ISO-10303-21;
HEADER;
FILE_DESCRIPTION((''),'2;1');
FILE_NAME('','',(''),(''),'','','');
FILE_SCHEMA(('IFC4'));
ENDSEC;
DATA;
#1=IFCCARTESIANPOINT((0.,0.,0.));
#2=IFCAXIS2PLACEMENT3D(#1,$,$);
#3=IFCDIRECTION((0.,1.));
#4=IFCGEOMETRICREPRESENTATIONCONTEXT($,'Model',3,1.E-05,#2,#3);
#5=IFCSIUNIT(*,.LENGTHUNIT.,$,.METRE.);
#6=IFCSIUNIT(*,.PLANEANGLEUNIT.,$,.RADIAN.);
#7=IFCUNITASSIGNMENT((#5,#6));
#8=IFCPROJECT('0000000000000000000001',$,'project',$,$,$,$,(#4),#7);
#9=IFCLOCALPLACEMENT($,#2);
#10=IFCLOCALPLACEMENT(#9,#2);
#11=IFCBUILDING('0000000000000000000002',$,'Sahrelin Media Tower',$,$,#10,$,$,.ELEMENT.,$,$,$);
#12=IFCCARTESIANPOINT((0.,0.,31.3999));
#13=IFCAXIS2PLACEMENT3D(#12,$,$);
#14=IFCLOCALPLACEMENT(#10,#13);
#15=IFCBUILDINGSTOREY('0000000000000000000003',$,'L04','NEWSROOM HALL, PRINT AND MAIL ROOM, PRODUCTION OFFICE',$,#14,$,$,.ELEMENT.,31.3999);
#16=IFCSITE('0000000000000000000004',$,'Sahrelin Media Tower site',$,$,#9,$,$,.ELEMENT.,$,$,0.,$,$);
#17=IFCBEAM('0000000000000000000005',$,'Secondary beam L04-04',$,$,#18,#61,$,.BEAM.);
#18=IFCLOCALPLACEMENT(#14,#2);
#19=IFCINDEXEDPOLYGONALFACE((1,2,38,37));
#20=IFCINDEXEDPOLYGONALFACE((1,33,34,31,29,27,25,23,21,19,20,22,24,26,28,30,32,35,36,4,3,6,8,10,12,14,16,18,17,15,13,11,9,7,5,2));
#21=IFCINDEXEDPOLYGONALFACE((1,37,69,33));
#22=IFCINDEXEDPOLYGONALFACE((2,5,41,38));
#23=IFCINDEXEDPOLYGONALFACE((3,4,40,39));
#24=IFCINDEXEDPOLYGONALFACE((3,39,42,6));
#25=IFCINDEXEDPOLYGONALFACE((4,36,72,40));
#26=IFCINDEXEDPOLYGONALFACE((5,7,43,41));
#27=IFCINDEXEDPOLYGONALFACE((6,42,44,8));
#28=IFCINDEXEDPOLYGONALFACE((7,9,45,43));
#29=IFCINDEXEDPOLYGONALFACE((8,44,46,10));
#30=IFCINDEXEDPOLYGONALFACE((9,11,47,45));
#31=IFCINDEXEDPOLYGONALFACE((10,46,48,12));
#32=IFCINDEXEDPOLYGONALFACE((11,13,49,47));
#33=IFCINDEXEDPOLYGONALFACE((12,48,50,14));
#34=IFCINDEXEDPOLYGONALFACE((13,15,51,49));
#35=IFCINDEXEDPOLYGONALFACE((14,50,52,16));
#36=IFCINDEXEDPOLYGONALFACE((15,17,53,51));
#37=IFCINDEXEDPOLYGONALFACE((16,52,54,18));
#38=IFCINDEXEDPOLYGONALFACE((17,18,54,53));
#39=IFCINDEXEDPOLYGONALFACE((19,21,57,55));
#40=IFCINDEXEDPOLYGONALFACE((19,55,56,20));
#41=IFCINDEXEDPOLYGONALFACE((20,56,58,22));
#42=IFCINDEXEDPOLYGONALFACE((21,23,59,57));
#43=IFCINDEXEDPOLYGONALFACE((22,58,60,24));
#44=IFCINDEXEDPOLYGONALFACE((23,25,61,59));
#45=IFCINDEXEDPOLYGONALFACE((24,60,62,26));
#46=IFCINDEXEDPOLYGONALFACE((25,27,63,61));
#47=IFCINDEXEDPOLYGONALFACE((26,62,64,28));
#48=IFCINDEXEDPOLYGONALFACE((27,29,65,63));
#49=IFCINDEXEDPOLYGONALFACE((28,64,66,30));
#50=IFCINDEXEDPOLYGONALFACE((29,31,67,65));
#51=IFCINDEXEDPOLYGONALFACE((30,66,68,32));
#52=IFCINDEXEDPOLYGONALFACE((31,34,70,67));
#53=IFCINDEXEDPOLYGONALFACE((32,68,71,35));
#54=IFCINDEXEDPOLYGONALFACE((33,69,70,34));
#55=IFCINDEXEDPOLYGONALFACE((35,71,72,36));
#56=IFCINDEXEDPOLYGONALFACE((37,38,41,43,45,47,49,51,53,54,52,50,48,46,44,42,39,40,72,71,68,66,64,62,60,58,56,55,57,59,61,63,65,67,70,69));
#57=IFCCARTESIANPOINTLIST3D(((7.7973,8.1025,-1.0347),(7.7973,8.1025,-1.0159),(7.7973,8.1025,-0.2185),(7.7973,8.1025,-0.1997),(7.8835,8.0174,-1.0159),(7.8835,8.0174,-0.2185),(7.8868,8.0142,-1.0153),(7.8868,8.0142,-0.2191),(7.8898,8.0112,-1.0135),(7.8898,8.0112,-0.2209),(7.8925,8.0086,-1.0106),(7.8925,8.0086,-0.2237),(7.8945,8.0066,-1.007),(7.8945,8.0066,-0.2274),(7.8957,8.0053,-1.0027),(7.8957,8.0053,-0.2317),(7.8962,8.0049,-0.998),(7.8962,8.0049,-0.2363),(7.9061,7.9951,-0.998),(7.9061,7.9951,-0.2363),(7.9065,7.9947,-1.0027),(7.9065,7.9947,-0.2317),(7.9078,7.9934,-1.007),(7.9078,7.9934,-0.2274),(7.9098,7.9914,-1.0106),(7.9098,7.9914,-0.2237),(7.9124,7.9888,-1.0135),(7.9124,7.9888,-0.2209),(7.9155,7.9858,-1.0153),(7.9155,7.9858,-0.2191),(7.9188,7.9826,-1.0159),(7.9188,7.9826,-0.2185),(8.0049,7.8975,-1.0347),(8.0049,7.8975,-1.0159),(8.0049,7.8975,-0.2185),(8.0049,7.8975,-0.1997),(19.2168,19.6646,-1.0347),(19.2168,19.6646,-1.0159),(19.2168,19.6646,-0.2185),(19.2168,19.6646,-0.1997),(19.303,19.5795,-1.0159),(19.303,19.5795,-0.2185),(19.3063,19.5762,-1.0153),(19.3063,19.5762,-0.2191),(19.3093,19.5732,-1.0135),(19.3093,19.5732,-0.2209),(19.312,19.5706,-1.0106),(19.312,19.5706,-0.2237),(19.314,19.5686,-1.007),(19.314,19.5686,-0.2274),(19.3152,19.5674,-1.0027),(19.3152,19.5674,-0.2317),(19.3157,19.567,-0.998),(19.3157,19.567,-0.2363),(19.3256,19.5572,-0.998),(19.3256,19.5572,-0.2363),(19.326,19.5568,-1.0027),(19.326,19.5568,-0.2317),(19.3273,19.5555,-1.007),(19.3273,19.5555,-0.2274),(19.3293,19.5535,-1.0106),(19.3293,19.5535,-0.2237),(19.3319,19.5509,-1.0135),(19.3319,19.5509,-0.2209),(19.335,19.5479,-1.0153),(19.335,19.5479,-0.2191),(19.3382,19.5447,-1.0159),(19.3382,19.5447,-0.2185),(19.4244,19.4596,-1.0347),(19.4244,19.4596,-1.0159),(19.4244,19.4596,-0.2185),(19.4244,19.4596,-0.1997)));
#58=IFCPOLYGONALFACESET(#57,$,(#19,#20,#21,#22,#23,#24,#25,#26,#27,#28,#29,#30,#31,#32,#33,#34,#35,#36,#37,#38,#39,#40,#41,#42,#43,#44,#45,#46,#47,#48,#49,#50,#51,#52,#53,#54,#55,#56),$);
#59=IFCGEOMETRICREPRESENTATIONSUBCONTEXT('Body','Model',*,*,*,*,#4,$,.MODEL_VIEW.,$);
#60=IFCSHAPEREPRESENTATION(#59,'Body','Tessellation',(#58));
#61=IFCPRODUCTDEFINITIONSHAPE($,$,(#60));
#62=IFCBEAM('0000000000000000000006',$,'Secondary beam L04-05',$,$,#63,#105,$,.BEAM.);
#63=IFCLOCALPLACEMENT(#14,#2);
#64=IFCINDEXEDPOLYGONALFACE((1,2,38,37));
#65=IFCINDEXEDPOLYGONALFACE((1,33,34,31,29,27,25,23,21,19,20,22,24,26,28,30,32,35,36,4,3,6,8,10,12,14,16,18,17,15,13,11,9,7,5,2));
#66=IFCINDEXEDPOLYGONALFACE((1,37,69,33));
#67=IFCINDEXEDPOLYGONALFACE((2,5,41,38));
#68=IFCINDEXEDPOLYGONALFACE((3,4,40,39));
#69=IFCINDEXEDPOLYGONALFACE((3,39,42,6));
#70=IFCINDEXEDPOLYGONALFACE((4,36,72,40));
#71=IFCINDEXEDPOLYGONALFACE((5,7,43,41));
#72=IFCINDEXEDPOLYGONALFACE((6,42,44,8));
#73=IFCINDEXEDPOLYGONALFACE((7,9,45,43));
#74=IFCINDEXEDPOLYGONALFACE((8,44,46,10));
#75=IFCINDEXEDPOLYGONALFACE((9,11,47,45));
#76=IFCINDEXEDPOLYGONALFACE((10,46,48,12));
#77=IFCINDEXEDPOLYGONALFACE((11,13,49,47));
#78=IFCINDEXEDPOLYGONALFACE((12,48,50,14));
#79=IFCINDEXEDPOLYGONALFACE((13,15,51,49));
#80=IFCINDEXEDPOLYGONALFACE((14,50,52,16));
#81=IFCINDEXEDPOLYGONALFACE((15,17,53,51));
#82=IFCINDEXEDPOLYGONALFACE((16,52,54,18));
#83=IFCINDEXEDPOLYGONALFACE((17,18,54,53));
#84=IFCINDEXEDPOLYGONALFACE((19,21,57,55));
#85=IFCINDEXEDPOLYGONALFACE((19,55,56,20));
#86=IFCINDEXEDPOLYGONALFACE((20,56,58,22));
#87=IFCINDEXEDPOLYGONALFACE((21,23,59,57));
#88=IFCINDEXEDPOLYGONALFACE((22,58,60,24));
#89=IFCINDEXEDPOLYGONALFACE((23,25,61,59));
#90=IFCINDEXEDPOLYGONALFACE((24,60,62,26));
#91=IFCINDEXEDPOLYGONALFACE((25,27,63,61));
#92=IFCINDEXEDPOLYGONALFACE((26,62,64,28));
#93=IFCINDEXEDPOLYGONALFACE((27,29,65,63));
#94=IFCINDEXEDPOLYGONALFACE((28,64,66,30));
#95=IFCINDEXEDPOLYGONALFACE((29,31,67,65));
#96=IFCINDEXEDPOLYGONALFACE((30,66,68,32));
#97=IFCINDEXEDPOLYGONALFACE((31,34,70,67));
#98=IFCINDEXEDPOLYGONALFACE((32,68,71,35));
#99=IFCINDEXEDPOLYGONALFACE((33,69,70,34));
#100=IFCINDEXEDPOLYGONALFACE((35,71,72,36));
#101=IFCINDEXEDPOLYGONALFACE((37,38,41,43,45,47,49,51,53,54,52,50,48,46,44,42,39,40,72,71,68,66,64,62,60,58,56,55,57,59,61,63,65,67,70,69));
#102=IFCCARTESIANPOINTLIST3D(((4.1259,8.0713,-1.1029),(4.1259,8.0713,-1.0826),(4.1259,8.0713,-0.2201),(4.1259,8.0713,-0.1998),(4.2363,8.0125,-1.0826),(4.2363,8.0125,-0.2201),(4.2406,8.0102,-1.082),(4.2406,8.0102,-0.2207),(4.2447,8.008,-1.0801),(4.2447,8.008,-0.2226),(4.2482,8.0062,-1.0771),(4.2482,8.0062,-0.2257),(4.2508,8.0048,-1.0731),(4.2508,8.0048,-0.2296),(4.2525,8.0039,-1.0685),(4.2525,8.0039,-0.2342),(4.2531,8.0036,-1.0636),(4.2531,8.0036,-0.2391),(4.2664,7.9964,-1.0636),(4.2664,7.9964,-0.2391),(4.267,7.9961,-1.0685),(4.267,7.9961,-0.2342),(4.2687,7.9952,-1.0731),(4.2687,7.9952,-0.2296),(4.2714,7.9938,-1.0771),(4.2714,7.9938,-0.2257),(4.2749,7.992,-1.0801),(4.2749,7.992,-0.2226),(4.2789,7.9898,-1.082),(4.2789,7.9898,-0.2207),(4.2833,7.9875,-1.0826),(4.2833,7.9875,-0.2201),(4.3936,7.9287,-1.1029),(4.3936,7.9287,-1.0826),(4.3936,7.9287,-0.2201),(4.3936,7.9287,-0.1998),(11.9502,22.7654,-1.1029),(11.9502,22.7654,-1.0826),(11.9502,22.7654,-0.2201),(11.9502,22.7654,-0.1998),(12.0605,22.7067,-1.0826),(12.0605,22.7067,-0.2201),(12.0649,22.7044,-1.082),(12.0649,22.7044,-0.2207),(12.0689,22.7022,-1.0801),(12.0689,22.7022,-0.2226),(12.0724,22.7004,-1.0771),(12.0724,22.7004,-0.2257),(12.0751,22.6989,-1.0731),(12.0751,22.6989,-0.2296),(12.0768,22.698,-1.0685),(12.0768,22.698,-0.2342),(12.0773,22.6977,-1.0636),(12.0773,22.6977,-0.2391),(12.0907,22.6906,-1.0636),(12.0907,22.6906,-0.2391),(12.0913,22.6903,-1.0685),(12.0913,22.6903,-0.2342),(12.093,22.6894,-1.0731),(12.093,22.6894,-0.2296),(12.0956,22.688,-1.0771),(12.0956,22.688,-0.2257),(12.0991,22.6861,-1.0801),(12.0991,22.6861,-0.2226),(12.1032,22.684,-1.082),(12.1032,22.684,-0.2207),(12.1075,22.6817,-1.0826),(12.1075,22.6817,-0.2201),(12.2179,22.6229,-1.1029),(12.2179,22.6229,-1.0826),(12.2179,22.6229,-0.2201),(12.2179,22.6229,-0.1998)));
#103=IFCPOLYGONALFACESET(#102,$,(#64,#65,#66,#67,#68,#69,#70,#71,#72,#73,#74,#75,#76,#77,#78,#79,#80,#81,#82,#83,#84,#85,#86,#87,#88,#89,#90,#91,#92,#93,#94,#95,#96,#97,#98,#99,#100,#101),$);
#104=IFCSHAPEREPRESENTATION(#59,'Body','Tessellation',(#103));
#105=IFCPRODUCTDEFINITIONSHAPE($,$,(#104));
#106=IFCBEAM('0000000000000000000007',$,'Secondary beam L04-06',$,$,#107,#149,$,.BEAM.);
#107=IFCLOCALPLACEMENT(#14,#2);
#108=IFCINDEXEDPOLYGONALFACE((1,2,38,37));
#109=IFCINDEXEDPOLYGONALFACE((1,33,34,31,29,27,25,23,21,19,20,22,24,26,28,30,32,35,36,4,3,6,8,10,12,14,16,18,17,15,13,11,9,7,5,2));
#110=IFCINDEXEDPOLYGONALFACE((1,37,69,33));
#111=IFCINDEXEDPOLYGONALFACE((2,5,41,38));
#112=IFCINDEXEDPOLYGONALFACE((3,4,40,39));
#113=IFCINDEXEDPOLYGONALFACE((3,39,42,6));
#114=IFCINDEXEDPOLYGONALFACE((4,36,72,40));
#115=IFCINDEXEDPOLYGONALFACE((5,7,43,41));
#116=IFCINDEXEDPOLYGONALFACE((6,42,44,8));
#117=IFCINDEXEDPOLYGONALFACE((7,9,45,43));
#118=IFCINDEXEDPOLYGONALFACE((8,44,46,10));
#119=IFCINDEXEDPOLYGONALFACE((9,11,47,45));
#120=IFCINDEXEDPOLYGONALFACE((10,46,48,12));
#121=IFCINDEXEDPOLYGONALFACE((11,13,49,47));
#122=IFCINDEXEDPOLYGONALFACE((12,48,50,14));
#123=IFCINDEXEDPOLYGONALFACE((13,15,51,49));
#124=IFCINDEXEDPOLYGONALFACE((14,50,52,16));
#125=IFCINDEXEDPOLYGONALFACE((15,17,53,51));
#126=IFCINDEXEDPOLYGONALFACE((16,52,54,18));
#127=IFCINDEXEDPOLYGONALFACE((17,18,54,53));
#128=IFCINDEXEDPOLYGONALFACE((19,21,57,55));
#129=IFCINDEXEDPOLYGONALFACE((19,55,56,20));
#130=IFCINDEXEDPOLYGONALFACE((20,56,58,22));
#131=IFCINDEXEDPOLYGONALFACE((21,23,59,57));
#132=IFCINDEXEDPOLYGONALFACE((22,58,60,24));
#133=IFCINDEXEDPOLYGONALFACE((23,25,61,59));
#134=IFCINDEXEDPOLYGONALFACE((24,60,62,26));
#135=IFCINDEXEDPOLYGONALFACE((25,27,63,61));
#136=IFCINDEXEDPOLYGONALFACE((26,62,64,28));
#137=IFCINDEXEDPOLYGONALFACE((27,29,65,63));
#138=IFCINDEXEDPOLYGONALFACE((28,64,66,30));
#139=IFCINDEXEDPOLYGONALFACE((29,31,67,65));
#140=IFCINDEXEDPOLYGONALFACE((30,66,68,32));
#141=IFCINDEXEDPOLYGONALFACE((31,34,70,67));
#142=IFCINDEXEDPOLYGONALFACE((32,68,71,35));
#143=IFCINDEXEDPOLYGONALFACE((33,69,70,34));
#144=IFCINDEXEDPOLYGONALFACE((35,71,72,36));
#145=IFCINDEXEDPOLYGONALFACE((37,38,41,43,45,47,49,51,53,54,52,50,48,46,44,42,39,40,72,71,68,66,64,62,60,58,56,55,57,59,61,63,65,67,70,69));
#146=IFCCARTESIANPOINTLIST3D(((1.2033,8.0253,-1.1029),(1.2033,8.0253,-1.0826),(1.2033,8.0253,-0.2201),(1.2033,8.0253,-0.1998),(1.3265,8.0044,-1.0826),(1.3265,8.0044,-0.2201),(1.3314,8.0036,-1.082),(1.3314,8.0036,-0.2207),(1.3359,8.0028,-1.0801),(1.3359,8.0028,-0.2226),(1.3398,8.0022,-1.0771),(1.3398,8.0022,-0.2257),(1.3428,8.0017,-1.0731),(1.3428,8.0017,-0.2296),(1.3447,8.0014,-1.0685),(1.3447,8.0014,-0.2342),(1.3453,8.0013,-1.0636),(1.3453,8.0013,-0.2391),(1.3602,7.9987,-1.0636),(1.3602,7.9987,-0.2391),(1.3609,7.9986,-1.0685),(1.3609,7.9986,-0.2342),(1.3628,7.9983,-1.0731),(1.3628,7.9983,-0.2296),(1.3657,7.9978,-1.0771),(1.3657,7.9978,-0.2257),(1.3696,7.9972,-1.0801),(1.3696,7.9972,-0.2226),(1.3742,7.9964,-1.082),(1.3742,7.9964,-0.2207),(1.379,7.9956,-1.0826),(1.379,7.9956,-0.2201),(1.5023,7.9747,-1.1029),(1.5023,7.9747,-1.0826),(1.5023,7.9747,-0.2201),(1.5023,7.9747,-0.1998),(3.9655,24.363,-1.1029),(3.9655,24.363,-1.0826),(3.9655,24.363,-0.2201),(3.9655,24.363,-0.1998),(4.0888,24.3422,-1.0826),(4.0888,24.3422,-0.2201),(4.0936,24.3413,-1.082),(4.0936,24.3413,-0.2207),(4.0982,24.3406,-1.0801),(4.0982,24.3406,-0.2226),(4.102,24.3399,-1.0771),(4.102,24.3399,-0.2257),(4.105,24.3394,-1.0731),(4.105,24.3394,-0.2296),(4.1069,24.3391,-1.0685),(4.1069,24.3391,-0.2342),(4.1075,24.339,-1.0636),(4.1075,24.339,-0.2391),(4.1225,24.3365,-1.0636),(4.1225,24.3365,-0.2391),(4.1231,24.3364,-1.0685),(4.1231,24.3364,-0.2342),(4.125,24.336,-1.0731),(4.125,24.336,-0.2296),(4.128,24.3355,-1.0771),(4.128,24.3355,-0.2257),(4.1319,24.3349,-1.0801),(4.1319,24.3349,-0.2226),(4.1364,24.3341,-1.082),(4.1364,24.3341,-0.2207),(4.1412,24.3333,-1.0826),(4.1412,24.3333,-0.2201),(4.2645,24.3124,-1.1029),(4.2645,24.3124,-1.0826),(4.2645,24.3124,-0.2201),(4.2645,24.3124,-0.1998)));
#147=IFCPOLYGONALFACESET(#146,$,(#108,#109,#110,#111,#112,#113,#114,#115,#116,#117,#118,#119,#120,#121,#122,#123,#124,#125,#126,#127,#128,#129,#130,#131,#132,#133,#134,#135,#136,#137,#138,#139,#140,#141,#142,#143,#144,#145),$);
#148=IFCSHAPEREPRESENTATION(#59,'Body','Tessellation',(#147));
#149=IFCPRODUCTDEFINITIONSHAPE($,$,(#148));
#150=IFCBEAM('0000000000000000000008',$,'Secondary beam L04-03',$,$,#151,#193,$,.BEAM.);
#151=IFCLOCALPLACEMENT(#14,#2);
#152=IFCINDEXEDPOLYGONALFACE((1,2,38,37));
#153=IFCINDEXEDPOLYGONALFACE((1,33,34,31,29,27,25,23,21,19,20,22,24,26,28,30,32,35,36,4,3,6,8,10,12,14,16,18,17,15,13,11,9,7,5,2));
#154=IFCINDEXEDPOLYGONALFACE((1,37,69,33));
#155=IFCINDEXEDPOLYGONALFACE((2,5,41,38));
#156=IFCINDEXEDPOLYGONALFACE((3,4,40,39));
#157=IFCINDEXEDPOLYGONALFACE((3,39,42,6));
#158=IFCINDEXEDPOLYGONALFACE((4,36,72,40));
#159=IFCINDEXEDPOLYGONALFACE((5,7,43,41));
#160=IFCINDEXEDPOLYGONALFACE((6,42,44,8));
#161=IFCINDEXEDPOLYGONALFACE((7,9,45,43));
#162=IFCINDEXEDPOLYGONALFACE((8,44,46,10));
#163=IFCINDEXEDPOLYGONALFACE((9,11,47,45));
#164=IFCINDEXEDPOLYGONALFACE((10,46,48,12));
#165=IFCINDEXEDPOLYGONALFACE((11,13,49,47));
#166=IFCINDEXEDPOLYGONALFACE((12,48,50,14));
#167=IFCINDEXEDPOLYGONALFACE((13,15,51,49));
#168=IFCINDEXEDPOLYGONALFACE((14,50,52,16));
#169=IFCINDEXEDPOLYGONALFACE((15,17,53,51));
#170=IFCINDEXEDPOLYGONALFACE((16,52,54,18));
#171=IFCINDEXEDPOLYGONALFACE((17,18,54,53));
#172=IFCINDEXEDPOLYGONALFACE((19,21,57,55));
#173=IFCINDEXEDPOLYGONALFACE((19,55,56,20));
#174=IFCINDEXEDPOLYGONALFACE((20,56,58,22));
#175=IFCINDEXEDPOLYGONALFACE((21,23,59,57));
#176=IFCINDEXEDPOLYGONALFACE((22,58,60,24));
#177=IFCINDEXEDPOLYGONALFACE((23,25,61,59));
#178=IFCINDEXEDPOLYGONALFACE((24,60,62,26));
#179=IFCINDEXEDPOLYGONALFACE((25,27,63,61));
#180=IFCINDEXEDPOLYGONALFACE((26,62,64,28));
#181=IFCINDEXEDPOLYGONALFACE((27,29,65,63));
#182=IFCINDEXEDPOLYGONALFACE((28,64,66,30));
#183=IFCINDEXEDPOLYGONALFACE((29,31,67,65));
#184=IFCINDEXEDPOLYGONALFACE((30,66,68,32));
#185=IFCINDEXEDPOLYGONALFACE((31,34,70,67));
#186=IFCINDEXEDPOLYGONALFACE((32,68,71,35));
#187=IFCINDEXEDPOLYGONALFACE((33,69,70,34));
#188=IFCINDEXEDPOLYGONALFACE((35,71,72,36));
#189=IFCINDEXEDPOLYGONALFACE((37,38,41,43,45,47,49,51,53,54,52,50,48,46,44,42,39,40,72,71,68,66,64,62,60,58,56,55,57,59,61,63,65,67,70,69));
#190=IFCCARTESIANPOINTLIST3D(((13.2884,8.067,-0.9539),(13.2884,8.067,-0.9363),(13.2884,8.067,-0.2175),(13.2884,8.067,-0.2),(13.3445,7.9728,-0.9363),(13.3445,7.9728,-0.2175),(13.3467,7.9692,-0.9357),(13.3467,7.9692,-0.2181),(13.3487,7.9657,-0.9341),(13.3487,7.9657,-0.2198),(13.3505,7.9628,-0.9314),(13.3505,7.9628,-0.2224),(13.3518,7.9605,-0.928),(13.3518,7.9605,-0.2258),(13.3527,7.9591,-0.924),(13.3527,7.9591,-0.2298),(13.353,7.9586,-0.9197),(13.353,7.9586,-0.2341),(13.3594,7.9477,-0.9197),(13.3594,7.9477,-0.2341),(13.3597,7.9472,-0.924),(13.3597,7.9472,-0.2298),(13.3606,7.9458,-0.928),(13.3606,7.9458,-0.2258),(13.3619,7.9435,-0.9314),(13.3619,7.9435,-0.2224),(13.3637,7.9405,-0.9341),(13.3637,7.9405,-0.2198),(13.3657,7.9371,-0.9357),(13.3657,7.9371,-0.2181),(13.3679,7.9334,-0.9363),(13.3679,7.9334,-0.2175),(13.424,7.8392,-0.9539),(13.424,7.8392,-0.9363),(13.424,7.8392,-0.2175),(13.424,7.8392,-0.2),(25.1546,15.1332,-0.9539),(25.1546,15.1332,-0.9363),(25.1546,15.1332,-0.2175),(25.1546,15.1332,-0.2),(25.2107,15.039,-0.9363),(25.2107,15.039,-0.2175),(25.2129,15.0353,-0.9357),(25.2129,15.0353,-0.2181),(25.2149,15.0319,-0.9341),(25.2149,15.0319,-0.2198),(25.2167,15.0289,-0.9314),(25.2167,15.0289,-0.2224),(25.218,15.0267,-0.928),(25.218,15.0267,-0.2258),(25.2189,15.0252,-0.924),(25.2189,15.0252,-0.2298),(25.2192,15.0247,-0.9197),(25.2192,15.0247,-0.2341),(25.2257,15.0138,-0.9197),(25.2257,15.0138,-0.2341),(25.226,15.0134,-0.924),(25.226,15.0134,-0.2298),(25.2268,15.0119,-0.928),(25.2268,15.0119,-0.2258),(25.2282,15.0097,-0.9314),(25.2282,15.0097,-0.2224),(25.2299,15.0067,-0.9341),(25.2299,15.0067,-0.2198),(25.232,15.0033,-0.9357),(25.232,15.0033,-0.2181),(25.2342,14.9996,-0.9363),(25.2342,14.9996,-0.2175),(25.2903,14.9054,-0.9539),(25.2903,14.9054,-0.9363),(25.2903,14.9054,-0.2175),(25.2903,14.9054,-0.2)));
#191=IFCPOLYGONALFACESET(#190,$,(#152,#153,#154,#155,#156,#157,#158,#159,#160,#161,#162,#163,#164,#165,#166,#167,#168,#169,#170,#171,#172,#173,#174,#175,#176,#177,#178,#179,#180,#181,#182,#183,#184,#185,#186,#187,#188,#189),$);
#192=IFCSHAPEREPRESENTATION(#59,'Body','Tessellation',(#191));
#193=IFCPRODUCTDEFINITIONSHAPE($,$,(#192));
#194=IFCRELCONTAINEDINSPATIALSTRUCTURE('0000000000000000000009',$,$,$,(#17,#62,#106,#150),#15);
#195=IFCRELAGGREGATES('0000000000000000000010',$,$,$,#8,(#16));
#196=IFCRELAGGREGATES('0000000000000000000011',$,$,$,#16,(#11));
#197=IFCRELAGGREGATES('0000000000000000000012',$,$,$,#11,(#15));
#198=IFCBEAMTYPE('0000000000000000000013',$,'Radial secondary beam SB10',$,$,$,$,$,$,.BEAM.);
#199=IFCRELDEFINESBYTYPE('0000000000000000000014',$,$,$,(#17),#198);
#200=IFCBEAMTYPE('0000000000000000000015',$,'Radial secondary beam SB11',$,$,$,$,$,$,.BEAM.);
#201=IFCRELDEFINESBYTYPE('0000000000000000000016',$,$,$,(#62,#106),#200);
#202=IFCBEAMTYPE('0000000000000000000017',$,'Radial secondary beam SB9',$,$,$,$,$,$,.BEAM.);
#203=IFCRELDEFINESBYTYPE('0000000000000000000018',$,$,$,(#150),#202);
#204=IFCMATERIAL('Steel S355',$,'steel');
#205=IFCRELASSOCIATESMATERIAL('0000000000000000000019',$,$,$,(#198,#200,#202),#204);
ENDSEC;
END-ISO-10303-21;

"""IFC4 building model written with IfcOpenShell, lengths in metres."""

from ifc_helpers import new_model, si_unit, direction, frame, origin, origin_2d, place, context, subcontext, project, spatial, i_section, extrude, material, material_profile, profile_set, type_object, element, save


model = new_model("IFC4")

# Units and contexts
model_context = context("Model", 3, precision=1e-05, world=origin(), true_north=direction((0.0, 1.0)))
body_context = subcontext(model_context, "Body", "Model", "MODEL_VIEW")
ifc_project = project(units=[si_unit("LENGTHUNIT", "METRE"), si_unit("PLANEANGLEUNIT", "RADIAN")], contexts=[model_context])

# Site, building, storey
site_placement = place(None, origin())
site = spatial("IfcSite", under=ifc_project, at=site_placement, Name="Sahrelin Media Tower site", CompositionType="ELEMENT", RefElevation=0.0)
building_placement = place(site_placement, origin())
building = spatial("IfcBuilding", under=site, at=building_placement, Name="Sahrelin Media Tower", CompositionType="ELEMENT")
storey_placement = place(building_placement, frame((0.0, 0.0, 31.3999)))
storey = spatial("IfcBuildingStorey", under=building, at=storey_placement, Name="L04", Description="NEWSROOM HALL, PRINT AND MAIL ROOM, PRODUCTION OFFICE", CompositionType="ELEMENT", Elevation=31.3999)

# Beams
ifc_material_1 = material(Name="Steel S355", Category="steel")
ifc_material_profile_1 = material_profile(ifc_material_1, i_section(OverallWidth=0.2917, OverallDepth=0.835, WebThickness=0.0139, FlangeThickness=0.0188, FilletRadius=0.0178, at=origin_2d()), Name="UB 838x292x176")
ifc_profile_set_1 = profile_set([ifc_material_profile_1], Name="Steel S355")
beam_type_1 = type_object("IfcBeamType", Name="Radial secondary beam SB10", PredefinedType="BEAM", material=ifc_profile_set_1)
beam_1_placement = place(storey_placement, frame((7.9011, 8.0, -0.6172), z_axis=(0.702706, 0.71148, 0.0), x_axis=(-0.71148, 0.702706, 0.0)))
element("IfcBeam", 1, at=beam_1_placement, inside=storey, type_object=beam_type_1, Name="Secondary beam L04-04", PredefinedType="BEAM", context=body_context, shape_type="SweptSolid", body=[
    extrude(i_section(OverallWidth=0.2917, OverallDepth=0.835, WebThickness=0.0139, FlangeThickness=0.0188, FilletRadius=0.0178, at=origin_2d()), origin(), (0.0, 0.0, 1.0), 16.2507),
])
ifc_material_profile_2 = material_profile(ifc_material_1, i_section(OverallWidth=0.3032, OverallDepth=0.9031, WebThickness=0.0151, FlangeThickness=0.0203, FilletRadius=0.019, at=origin_2d()), Name="UB 914x305x201")
ifc_profile_set_2 = profile_set([ifc_material_profile_2], Name="Steel S355")
beam_type_2 = type_object("IfcBeamType", Name="Radial secondary beam SB11", PredefinedType="BEAM", material=ifc_profile_set_2)
beam_2_placement = place(storey_placement, frame((4.2598, 8.0, -0.6514), z_axis=(0.469997, 0.882668, 0.0), x_axis=(-0.882668, 0.469997, 0.0)))
element("IfcBeam", 2, at=beam_2_placement, inside=storey, type_object=beam_type_2, Name="Secondary beam L04-05", PredefinedType="BEAM", context=body_context, shape_type="SweptSolid", body=[
    extrude(i_section(OverallWidth=0.3032, OverallDepth=0.9031, WebThickness=0.0151, FlangeThickness=0.0203, FilletRadius=0.019, at=origin_2d()), origin(), (0.0, 0.0, 1.0), 16.6475),
])
beam_3_placement = place(storey_placement, frame((1.3528, 8.0, -0.6514), z_axis=(0.166704, 0.986007, 0.0), x_axis=(-0.986007, 0.166704, 0.0)))
element("IfcBeam", 3, at=beam_3_placement, inside=storey, type_object=beam_type_2, Name="Secondary beam L04-06", PredefinedType="BEAM", context=body_context, shape_type="SweptSolid", body=[
    extrude(i_section(OverallWidth=0.3032, OverallDepth=0.9031, WebThickness=0.0151, FlangeThickness=0.0203, FilletRadius=0.019, at=origin_2d()), origin(), (0.0, 0.0, 1.0), 16.5696),
])
ifc_material_profile_3 = material_profile(ifc_material_1, i_section(OverallWidth=0.2651, OverallDepth=0.7539, WebThickness=0.0127, FlangeThickness=0.0176, FilletRadius=0.0166, at=origin_2d()), Name="UB 762x267x147")
ifc_profile_set_3 = profile_set([ifc_material_profile_3], Name="Steel S355")
beam_type_3 = type_object("IfcBeamType", Name="Radial secondary beam SB9", PredefinedType="BEAM", material=ifc_profile_set_3)
beam_4_placement = place(storey_placement, frame((13.3562, 7.9531, -0.5769), z_axis=(0.859199, 0.511641, 0.0), x_axis=(-0.511641, 0.859199, 0.0)))
element("IfcBeam", 4, at=beam_4_placement, inside=storey, type_object=beam_type_3, Name="Secondary beam L04-03", PredefinedType="BEAM", context=body_context, shape_type="SweptSolid", body=[
    extrude(i_section(OverallWidth=0.2651, OverallDepth=0.7539, WebThickness=0.0127, FlangeThickness=0.0176, FilletRadius=0.0166, at=origin_2d()), origin(), (0.0, 0.0, 1.0), 13.8108),
])

save(model, "model.ifc")
